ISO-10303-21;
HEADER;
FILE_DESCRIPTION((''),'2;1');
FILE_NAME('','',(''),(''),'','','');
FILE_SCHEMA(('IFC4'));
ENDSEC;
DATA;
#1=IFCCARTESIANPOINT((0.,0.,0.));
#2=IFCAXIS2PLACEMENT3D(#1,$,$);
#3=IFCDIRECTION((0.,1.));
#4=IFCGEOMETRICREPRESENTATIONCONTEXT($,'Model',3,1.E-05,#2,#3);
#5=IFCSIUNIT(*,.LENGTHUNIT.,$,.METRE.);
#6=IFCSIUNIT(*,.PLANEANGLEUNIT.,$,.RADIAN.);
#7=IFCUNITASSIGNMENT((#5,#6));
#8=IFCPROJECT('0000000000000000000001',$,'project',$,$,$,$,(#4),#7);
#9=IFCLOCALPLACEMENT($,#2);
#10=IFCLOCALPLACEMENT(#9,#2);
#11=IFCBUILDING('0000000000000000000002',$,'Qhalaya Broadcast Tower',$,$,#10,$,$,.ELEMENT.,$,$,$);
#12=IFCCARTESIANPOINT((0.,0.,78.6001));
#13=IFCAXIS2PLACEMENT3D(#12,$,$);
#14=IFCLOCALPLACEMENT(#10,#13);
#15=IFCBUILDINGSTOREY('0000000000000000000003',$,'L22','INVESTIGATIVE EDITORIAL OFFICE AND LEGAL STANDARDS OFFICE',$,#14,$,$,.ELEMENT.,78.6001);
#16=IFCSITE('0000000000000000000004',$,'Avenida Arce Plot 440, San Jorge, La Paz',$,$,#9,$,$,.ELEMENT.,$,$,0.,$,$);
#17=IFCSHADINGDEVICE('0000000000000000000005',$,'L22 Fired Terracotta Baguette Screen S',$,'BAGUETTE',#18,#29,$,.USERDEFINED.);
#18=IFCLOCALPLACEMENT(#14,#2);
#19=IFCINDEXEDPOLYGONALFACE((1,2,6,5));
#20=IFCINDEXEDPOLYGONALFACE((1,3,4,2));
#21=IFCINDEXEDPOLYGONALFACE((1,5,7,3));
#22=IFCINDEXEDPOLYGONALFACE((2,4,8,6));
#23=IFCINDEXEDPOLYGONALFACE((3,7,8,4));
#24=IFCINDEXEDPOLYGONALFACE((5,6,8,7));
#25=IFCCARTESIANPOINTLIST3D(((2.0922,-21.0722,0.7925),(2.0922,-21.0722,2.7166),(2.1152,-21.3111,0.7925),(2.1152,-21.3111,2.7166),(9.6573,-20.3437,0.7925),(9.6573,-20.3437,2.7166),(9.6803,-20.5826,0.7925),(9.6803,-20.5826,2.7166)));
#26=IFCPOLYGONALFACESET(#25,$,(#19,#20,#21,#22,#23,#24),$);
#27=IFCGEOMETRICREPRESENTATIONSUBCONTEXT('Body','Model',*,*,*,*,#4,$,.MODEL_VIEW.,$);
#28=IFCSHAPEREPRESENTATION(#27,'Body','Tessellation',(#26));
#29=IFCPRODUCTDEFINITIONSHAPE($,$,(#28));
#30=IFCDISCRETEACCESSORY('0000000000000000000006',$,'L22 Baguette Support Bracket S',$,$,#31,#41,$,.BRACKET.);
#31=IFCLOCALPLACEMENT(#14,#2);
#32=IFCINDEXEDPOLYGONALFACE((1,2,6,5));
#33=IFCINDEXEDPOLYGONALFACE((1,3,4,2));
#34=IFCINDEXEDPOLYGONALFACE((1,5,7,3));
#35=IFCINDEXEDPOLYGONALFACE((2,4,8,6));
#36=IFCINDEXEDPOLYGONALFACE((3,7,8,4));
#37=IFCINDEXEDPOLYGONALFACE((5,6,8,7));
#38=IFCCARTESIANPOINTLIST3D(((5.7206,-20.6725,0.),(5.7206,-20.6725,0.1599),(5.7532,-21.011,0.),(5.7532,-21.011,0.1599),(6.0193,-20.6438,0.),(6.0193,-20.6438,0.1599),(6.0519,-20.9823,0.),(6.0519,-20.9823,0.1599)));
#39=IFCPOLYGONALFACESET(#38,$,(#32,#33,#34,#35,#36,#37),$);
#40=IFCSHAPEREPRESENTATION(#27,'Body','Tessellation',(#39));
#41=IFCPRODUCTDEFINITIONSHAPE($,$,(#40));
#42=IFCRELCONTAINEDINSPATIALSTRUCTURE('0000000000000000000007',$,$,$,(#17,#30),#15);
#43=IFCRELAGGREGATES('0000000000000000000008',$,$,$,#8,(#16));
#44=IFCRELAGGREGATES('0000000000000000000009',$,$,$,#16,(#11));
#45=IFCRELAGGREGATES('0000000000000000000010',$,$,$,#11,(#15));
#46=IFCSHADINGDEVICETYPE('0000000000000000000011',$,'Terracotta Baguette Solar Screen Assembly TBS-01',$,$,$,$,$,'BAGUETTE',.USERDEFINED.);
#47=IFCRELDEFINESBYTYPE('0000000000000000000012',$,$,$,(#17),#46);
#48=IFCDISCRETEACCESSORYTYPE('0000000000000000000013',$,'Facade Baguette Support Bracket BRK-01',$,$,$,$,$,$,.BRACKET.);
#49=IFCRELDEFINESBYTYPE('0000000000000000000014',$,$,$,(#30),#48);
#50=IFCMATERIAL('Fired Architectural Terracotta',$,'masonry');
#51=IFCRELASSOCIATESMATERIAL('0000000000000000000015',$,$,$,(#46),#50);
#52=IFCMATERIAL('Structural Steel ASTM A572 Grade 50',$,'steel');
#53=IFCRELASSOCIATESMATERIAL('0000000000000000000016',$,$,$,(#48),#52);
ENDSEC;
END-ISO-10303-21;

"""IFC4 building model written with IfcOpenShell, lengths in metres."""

from ifc_helpers import new_model, si_unit, direction, frame, origin, origin_2d, place, context, subcontext, project, spatial, rectangle, extrude, material, type_object, element, save


model = new_model("IFC4")

# Units and contexts
model_context = context("Model", 3, precision=1e-05, world=origin(), true_north=direction((0.0, 1.0)))
body_context = subcontext(model_context, "Body", "Model", "MODEL_VIEW")
ifc_project = project(units=[si_unit("LENGTHUNIT", "METRE"), si_unit("PLANEANGLEUNIT", "RADIAN")], contexts=[model_context])

# Site, building, storey
site_placement = place(None, origin())
site = spatial("IfcSite", under=ifc_project, at=site_placement, Name="Avenida Arce Plot 440, San Jorge, La Paz", CompositionType="ELEMENT", RefElevation=0.0)
building_placement = place(site_placement, origin())
building = spatial("IfcBuilding", under=site, at=building_placement, Name="Qhalaya Broadcast Tower", CompositionType="ELEMENT")
storey_placement = place(building_placement, frame((0.0, 0.0, 78.6001)))
storey = spatial("IfcBuildingStorey", under=building, at=storey_placement, Name="L22", Description="INVESTIGATIVE EDITORIAL OFFICE AND LEGAL STANDARDS OFFICE", CompositionType="ELEMENT", Elevation=78.6001)

# Shared definitions
ifc_material_1 = material(Name="Structural Steel ASTM A572 Grade 50", Category="steel")

# Shared definitions
ifc_material_2 = material(Name="Fired Architectural Terracotta", Category="masonry")

# Shading device
shading_device_type = type_object("IfcShadingDeviceType", Name="Terracotta Baguette Solar Screen Assembly TBS-01", ElementType="BAGUETTE", PredefinedType="USERDEFINED", material=ifc_material_2)
shading_device_placement = place(storey_placement, frame((5.8862, -20.8274, 0.7925), z_axis=(0.0, 0.0, 1.0), x_axis=(0.995396, 0.095846, 0.0)))
element("IfcShadingDevice", 1, at=shading_device_placement, inside=storey, type_object=shading_device_type, Name="L22 Fired Terracotta Baguette Screen S", ObjectType="BAGUETTE", PredefinedType="USERDEFINED", context=body_context, shape_type="SweptSolid", body=[
    extrude(rectangle(XDim=7.6001, YDim=0.24, at=origin_2d()), origin(), (0.0, 0.0, 1.0), 1.9241),
])

# Discrete accessory
discrete_accessory_type = type_object("IfcDiscreteAccessoryType", Name="Facade Baguette Support Bracket BRK-01", PredefinedType="BRACKET", material=ifc_material_1)
discrete_accessory_placement = place(storey_placement, frame((5.8862, -20.8274, 0.0), z_axis=(0.0, 0.0, 1.0), x_axis=(0.995396, 0.095846, 0.0)))
element("IfcDiscreteAccessory", 2, at=discrete_accessory_placement, inside=storey, type_object=discrete_accessory_type, Name="L22 Baguette Support Bracket S", PredefinedType="BRACKET", context=body_context, shape_type="SweptSolid", body=[
    extrude(rectangle(XDim=0.3, YDim=0.3401, at=origin_2d()), origin(), (0.0, 0.0, 1.0), 0.1599),
])

save(model, "model.ifc")
